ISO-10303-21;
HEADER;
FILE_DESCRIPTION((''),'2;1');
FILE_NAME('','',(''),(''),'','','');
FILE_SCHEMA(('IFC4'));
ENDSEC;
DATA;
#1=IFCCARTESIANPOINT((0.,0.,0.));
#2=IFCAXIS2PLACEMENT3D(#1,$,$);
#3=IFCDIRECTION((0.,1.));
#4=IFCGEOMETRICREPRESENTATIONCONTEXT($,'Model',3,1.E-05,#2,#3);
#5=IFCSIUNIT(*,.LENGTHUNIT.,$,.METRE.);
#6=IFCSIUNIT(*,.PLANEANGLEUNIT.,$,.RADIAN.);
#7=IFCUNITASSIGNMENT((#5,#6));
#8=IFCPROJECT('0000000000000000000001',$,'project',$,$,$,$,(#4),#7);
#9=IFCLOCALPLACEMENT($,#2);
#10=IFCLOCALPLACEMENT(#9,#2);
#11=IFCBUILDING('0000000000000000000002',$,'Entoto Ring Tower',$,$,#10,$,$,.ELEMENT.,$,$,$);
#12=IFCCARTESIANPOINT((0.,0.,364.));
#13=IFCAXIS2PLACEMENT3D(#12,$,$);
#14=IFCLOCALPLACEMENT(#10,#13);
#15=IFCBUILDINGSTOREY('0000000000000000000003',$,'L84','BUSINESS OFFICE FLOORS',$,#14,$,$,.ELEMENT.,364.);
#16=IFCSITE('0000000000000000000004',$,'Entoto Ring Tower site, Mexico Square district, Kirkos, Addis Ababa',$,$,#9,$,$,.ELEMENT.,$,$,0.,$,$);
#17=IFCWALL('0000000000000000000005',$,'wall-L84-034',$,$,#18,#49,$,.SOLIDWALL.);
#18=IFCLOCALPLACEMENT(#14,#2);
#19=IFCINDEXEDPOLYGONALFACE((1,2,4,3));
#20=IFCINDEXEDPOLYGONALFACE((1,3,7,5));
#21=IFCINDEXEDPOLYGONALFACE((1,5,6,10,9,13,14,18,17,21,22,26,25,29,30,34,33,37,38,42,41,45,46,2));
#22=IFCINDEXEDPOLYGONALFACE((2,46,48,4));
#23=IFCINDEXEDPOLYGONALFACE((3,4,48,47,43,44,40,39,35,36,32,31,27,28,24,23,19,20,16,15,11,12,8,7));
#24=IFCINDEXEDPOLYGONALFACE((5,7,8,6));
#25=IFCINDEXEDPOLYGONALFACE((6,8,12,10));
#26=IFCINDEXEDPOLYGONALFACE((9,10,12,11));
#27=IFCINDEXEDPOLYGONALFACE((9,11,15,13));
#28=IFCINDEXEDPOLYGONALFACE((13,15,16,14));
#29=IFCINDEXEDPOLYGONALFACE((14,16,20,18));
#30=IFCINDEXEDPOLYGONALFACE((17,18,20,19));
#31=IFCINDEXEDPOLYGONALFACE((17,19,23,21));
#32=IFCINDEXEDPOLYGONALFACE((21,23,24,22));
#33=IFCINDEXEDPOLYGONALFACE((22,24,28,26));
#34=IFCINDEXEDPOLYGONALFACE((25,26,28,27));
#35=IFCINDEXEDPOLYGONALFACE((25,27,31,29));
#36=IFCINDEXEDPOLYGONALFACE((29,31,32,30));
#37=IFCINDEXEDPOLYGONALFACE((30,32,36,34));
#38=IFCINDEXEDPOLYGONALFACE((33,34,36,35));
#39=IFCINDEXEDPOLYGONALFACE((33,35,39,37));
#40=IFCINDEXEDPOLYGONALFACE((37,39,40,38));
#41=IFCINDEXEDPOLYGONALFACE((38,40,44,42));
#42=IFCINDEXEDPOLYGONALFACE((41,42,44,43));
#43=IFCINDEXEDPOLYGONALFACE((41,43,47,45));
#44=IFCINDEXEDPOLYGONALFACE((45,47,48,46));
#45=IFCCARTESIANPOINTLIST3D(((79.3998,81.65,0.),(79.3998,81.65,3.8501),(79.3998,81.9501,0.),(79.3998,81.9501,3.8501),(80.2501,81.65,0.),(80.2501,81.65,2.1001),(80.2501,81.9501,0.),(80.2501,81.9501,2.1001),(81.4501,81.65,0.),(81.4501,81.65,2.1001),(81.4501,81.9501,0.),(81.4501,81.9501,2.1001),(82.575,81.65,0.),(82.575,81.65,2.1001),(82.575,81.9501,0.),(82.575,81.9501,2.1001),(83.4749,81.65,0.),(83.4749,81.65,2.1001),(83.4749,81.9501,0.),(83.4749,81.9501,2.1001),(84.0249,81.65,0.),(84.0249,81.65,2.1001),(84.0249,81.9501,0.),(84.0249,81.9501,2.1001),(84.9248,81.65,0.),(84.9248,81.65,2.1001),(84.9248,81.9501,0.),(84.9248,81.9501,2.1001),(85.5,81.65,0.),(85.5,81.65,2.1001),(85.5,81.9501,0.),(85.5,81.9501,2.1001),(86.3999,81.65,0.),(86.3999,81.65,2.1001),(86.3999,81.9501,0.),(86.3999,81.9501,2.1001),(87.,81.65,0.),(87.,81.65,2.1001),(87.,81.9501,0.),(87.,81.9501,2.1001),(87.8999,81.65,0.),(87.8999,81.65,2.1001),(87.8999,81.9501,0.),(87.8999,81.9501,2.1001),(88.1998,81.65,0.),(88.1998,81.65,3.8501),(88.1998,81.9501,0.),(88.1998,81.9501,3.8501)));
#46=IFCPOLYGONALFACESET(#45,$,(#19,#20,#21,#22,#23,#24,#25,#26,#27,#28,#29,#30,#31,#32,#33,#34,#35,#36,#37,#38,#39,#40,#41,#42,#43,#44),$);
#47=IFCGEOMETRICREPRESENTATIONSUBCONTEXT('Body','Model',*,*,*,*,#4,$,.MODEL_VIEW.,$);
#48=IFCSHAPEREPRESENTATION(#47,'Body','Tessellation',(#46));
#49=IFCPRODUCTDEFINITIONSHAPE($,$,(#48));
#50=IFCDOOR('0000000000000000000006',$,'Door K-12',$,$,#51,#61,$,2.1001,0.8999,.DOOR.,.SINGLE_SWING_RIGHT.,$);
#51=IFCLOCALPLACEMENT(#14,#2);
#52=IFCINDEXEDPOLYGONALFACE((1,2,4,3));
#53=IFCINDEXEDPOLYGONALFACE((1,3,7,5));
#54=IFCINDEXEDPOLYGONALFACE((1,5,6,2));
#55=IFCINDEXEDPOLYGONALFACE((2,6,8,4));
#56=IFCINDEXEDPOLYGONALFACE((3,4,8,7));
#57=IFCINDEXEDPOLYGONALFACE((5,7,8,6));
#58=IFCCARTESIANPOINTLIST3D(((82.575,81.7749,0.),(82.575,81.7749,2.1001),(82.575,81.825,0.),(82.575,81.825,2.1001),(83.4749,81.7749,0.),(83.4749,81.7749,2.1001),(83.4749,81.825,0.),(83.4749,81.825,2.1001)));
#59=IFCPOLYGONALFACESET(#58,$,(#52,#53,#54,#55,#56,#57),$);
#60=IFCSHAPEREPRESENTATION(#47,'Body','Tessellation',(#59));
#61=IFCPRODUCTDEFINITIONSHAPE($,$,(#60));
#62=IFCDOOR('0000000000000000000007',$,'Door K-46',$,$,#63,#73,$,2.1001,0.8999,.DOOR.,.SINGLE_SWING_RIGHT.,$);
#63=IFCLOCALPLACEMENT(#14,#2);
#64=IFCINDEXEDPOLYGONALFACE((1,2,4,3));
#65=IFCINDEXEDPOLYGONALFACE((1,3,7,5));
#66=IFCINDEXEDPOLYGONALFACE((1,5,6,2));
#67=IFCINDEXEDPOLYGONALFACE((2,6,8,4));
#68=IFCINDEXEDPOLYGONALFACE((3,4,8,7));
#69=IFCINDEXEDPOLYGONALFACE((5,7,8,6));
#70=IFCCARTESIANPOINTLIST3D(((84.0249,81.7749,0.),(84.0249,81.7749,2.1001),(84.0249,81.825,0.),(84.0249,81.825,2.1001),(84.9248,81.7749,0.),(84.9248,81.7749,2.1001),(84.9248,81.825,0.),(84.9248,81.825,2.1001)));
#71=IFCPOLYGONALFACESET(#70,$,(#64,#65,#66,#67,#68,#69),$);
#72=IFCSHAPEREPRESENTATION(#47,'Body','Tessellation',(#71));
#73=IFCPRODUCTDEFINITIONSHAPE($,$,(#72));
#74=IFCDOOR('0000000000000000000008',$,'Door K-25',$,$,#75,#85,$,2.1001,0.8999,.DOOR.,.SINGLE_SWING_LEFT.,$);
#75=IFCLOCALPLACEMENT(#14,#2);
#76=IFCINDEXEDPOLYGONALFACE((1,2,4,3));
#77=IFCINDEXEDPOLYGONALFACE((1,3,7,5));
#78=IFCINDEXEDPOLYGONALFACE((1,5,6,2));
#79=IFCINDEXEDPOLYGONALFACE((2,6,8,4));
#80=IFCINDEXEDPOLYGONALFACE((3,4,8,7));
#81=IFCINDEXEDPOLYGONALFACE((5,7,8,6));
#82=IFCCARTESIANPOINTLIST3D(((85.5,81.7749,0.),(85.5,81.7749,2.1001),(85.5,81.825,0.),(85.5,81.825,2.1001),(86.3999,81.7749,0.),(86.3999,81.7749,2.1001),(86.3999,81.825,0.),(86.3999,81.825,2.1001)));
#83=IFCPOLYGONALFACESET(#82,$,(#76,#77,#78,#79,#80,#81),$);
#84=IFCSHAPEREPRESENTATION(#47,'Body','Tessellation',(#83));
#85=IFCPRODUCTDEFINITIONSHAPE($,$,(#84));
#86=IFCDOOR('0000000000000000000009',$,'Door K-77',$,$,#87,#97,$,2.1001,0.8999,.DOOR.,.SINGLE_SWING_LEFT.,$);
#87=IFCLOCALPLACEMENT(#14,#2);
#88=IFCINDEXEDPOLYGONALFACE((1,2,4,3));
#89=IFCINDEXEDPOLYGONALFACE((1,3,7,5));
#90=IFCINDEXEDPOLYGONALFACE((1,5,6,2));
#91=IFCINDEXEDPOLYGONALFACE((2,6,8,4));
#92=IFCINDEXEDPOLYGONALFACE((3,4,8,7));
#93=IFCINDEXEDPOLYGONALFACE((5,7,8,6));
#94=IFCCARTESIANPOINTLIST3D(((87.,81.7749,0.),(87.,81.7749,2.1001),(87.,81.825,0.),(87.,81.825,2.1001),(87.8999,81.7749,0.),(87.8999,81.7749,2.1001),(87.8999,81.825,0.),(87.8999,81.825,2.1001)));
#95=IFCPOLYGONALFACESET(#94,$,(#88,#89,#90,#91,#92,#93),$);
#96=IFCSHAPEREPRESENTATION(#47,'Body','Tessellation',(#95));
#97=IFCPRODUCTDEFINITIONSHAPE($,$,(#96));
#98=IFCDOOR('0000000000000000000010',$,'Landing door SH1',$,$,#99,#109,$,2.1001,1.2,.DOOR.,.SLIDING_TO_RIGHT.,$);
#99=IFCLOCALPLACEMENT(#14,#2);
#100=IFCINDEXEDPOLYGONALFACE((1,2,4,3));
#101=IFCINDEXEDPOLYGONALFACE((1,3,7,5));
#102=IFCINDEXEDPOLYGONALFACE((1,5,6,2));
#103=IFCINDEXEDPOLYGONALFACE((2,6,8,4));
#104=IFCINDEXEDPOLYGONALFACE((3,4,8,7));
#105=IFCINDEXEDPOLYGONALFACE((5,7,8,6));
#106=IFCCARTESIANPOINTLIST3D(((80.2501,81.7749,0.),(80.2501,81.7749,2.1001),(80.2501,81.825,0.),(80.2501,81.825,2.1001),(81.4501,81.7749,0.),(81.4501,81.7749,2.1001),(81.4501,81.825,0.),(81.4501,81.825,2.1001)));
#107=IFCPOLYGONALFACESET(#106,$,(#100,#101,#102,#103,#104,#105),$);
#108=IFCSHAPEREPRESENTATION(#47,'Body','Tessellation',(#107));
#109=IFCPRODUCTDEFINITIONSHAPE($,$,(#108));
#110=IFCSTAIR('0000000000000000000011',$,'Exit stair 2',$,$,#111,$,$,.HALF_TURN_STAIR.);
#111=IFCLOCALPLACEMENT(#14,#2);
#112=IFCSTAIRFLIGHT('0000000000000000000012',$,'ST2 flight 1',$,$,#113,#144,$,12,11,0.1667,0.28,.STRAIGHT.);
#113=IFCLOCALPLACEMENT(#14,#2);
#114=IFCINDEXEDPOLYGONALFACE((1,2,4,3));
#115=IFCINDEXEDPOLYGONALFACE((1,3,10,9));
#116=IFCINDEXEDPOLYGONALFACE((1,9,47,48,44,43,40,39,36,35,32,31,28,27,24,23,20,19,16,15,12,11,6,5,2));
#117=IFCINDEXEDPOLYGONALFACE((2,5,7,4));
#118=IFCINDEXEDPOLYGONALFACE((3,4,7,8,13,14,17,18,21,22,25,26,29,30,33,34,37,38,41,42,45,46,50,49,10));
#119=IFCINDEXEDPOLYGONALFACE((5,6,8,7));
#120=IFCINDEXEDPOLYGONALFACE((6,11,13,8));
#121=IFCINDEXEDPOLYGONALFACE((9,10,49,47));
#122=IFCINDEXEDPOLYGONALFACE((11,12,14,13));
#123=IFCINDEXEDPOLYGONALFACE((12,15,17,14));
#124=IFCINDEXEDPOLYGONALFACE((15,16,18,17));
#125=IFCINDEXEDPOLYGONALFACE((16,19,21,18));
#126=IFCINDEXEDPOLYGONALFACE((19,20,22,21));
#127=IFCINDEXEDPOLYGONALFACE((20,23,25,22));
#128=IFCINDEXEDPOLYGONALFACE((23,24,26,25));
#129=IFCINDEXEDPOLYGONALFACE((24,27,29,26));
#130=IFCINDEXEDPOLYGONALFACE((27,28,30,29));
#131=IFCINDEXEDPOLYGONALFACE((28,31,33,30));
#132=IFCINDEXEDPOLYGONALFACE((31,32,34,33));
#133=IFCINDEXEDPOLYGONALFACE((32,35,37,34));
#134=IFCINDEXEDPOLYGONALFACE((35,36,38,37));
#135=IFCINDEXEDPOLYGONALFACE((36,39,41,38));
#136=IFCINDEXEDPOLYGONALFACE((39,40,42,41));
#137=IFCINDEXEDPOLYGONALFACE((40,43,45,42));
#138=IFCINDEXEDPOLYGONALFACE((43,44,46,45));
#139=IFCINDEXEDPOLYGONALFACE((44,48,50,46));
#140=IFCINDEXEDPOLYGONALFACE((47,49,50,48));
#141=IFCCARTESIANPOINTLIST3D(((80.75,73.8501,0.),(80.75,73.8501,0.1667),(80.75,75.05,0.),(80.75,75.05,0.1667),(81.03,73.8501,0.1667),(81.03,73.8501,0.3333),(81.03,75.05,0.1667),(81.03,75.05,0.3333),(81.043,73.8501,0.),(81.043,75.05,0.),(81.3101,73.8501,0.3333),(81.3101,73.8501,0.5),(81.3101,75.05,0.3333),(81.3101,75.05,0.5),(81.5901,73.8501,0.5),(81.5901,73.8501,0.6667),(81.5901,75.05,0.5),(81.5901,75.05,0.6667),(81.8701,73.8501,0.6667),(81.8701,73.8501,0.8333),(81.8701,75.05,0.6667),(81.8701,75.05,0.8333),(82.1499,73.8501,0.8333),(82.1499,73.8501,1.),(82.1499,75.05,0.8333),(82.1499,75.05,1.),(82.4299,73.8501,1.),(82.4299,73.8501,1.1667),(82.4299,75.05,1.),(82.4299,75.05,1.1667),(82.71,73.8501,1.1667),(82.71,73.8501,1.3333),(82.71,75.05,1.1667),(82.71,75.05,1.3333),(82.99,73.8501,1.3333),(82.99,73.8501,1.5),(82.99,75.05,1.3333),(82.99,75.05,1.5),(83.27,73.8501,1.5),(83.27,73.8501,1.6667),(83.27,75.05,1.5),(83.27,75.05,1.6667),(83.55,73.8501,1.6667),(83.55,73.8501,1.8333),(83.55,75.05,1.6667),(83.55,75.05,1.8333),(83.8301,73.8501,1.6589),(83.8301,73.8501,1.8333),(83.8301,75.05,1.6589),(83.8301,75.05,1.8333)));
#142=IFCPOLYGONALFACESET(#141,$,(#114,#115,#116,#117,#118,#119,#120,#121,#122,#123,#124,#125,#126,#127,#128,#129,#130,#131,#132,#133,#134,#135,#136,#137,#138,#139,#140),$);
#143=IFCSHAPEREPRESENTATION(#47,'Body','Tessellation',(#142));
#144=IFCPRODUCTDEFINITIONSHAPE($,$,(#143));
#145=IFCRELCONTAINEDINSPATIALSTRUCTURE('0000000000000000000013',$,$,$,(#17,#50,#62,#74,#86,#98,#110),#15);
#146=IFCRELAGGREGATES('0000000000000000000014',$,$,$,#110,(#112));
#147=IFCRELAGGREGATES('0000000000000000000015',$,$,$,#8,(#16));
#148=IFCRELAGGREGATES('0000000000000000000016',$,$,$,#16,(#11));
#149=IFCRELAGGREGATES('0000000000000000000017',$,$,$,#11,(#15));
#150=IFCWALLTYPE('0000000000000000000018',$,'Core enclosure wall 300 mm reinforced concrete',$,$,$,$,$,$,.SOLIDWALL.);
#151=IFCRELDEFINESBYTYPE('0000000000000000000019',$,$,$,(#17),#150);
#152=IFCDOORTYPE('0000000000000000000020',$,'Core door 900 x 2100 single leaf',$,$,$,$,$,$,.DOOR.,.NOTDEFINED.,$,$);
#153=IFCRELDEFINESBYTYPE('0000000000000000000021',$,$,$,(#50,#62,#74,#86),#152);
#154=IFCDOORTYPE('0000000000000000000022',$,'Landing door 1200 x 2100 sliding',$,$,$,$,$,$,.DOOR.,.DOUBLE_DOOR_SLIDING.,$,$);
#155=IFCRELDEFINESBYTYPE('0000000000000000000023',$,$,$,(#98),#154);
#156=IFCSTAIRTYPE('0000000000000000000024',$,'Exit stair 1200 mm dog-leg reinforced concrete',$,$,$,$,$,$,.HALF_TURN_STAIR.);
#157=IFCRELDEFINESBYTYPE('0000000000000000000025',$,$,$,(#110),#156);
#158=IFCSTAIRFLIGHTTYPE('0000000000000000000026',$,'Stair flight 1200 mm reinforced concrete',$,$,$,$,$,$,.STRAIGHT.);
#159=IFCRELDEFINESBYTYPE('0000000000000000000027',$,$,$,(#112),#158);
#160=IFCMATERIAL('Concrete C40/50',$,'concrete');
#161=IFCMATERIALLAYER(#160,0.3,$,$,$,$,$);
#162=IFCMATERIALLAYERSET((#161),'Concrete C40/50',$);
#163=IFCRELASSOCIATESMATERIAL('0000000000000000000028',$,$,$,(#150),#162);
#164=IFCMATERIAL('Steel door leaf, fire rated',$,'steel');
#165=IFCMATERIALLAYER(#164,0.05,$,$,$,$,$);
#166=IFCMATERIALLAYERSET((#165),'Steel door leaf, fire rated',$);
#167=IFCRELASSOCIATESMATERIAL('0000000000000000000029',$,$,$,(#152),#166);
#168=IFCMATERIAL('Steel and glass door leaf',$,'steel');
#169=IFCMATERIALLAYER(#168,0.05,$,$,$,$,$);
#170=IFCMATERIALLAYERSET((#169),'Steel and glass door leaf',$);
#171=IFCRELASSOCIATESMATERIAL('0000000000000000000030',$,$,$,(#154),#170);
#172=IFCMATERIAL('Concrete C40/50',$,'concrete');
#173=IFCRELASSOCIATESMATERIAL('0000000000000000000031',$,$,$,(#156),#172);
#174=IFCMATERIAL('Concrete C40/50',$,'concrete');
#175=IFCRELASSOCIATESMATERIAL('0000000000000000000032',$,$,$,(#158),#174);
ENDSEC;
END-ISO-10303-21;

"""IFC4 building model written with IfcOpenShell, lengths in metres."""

from ifc_helpers import new_model, si_unit, direction, frame, frame_2d, origin, place, context, subcontext, project, spatial, polyline, rectangle, outline, extrude, material, layer, layer_set, type_object, element, fill, aggregate, save


model = new_model("IFC4")

# Units and contexts
model_context = context("Model", 3, precision=1e-05, world=origin(), true_north=direction((0.0, 1.0)))
body_context = subcontext(model_context, "Body", "Model", "MODEL_VIEW")
ifc_project = project(units=[si_unit("LENGTHUNIT", "METRE"), si_unit("PLANEANGLEUNIT", "RADIAN")], contexts=[model_context])

# Site, building, storey
site_placement = place(None, origin())
site = spatial("IfcSite", under=ifc_project, at=site_placement, Name="Entoto Ring Tower site, Mexico Square district, Kirkos, Addis Ababa", CompositionType="ELEMENT", RefElevation=0.0)
building_placement = place(site_placement, origin())
building = spatial("IfcBuilding", under=site, at=building_placement, Name="Entoto Ring Tower", CompositionType="ELEMENT")
storey_placement = place(building_placement, frame((0.0, 0.0, 364.0)))
storey = spatial("IfcBuildingStorey", under=building, at=storey_placement, Name="L84", Description="BUSINESS OFFICE FLOORS", CompositionType="ELEMENT", Elevation=364.0)

# Shared definitions
ifc_material_1 = material(Name="Concrete C40/50", Category="concrete")
ifc_layer_1 = layer(ifc_material_1, 0.3)
ifc_layer_set_1 = layer_set([ifc_layer_1], Name="Concrete C40/50")
wall_type = type_object("IfcWallType", Name="Core enclosure wall 300 mm reinforced concrete", PredefinedType="SOLIDWALL", material=ifc_layer_set_1)

# Wall, openings, doors
ifc_material_2 = material(Name="Steel door leaf, fire rated", Category="steel")
ifc_layer_2 = layer(ifc_material_2, 0.05)
ifc_layer_set_2 = layer_set([ifc_layer_2], Name="Steel door leaf, fire rated")
door_type_1 = type_object("IfcDoorType", Name="Core door 900 x 2100 single leaf", OperationType="NOTDEFINED", PredefinedType="DOOR", material=ifc_layer_set_2)
ifc_material_3 = material(Name="Steel and glass door leaf", Category="steel")
ifc_layer_3 = layer(ifc_material_3, 0.05)
ifc_layer_set_3 = layer_set([ifc_layer_3], Name="Steel and glass door leaf")
door_type_2 = type_object("IfcDoorType", Name="Landing door 1200 x 2100 sliding", OperationType="DOUBLE_DOOR_SLIDING", PredefinedType="DOOR", material=ifc_layer_set_3)
wall_1_placement = place(storey_placement, frame((79.3999, 81.8, 0.0), z_axis=(0.0, 0.0, 1.0), x_axis=(1.0, 0.0, 0.0)))
wall_1 = element("IfcWall", 1, at=wall_1_placement, inside=storey, type_object=wall_type, Name="wall-L84-034", PredefinedType="SOLIDWALL", context=body_context, shape_type="SweptSolid", body=[
    extrude(rectangle(XDim=8.8, YDim=0.3, at=frame_2d((4.3999, 0.0))), origin(), (0.0, 0.0, 1.0), 3.8501),
])
opening_1_placement = place(wall_1_placement, frame((0.8501, 0.0, 0.0)))
opening_1 = element("IfcOpeningElement", 2, at=opening_1_placement, cuts=wall_1, PredefinedType="OPENING", context=body_context, shape_type="SweptSolid", body=[
    extrude(rectangle(XDim=1.2, YDim=2.1001, at=frame_2d((0.6001, 1.05))), frame((0.0, 0.1602, 0.0), z_axis=(0.0, -1.0, 0.0), x_axis=(1.0, 0.0, 0.0)), (0.0, 0.0, 1.0), 0.3201),
])
opening_2_placement = place(wall_1_placement, frame((3.175, 0.0, 0.0)))
opening_2 = element("IfcOpeningElement", 3, at=opening_2_placement, cuts=wall_1, PredefinedType="OPENING", context=body_context, shape_type="SweptSolid", body=[
    extrude(rectangle(XDim=0.8999, YDim=2.1001, at=frame_2d((0.45, 1.05))), frame((0.0, 0.1602, 0.0), z_axis=(0.0, -1.0, 0.0), x_axis=(1.0, 0.0, 0.0)), (0.0, 0.0, 1.0), 0.3201),
])
opening_3_placement = place(wall_1_placement, frame((4.625, 0.0, 0.0)))
opening_3 = element("IfcOpeningElement", 4, at=opening_3_placement, cuts=wall_1, PredefinedType="OPENING", context=body_context, shape_type="SweptSolid", body=[
    extrude(rectangle(XDim=0.8999, YDim=2.1001, at=frame_2d((0.45, 1.05))), frame((0.0, 0.1602, 0.0), z_axis=(0.0, -1.0, 0.0), x_axis=(1.0, 0.0, 0.0)), (0.0, 0.0, 1.0), 0.3201),
])
opening_4_placement = place(wall_1_placement, frame((6.1001, 0.0, 0.0)))
opening_4 = element("IfcOpeningElement", 5, at=opening_4_placement, cuts=wall_1, PredefinedType="OPENING", context=body_context, shape_type="SweptSolid", body=[
    extrude(rectangle(XDim=0.8999, YDim=2.1001, at=frame_2d((0.45, 1.05))), frame((0.0, 0.1602, 0.0), z_axis=(0.0, -1.0, 0.0), x_axis=(1.0, 0.0, 0.0)), (0.0, 0.0, 1.0), 0.3201),
])
opening_5_placement = place(wall_1_placement, frame((7.6001, 0.0, 0.0)))
opening_5 = element("IfcOpeningElement", 6, at=opening_5_placement, cuts=wall_1, PredefinedType="OPENING", context=body_context, shape_type="SweptSolid", body=[
    extrude(rectangle(XDim=0.8999, YDim=2.1001, at=frame_2d((0.45, 1.05))), frame((0.0, 0.1602, 0.0), z_axis=(0.0, -1.0, 0.0), x_axis=(1.0, 0.0, 0.0)), (0.0, 0.0, 1.0), 0.3201),
])
door_1_placement = place(opening_2_placement, origin())
door_1 = element("IfcDoor", 7, at=door_1_placement, inside=storey, type_object=door_type_1, Name="Door K-12", OperationType="SINGLE_SWING_RIGHT", OverallHeight=2.1001, OverallWidth=0.8999, PredefinedType="DOOR", context=body_context, shape_type="SweptSolid", body=[
    extrude(rectangle(XDim=0.8999, YDim=2.1001, at=frame_2d((0.45, 1.05))), frame((0.0, 0.0249, 0.0), z_axis=(0.0, -1.0, 0.0), x_axis=(1.0, 0.0, 0.0)), (0.0, 0.0, 1.0), 0.05),
])
fill(opening_2, door_1)
door_2_placement = place(opening_3_placement, origin())
door_2 = element("IfcDoor", 8, at=door_2_placement, inside=storey, type_object=door_type_1, Name="Door K-46", OperationType="SINGLE_SWING_RIGHT", OverallHeight=2.1001, OverallWidth=0.8999, PredefinedType="DOOR", context=body_context, shape_type="SweptSolid", body=[
    extrude(rectangle(XDim=0.8999, YDim=2.1001, at=frame_2d((0.45, 1.05))), frame((0.0, 0.0249, 0.0), z_axis=(0.0, -1.0, 0.0), x_axis=(1.0, 0.0, 0.0)), (0.0, 0.0, 1.0), 0.05),
])
fill(opening_3, door_2)
door_3_placement = place(opening_4_placement, origin())
door_3 = element("IfcDoor", 9, at=door_3_placement, inside=storey, type_object=door_type_1, Name="Door K-25", OperationType="SINGLE_SWING_LEFT", OverallHeight=2.1001, OverallWidth=0.8999, PredefinedType="DOOR", context=body_context, shape_type="SweptSolid", body=[
    extrude(rectangle(XDim=0.8999, YDim=2.1001, at=frame_2d((0.45, 1.05))), frame((0.0, 0.0249, 0.0), z_axis=(0.0, -1.0, 0.0), x_axis=(1.0, 0.0, 0.0)), (0.0, 0.0, 1.0), 0.05),
])
fill(opening_4, door_3)
door_4_placement = place(opening_5_placement, origin())
door_4 = element("IfcDoor", 10, at=door_4_placement, inside=storey, type_object=door_type_1, Name="Door K-77", OperationType="SINGLE_SWING_LEFT", OverallHeight=2.1001, OverallWidth=0.8999, PredefinedType="DOOR", context=body_context, shape_type="SweptSolid", body=[
    extrude(rectangle(XDim=0.8999, YDim=2.1001, at=frame_2d((0.45, 1.05))), frame((0.0, 0.0249, 0.0), z_axis=(0.0, -1.0, 0.0), x_axis=(1.0, 0.0, 0.0)), (0.0, 0.0, 1.0), 0.05),
])
fill(opening_5, door_4)
door_5_placement = place(opening_1_placement, origin())
door_5 = element("IfcDoor", 11, at=door_5_placement, inside=storey, type_object=door_type_2, Name="Landing door SH1", OperationType="SLIDING_TO_RIGHT", OverallHeight=2.1001, OverallWidth=1.2, PredefinedType="DOOR", context=body_context, shape_type="SweptSolid", body=[
    extrude(rectangle(XDim=1.2, YDim=2.1001, at=frame_2d((0.6001, 1.05))), frame((0.0, 0.0249, 0.0), z_axis=(0.0, -1.0, 0.0), x_axis=(1.0, 0.0, 0.0)), (0.0, 0.0, 1.0), 0.05),
])
fill(opening_1, door_5)

# Stair, stair flight
ifc_material_4 = material(Name="Concrete C40/50", Category="concrete")
stair_type = type_object("IfcStairType", Name="Exit stair 1200 mm dog-leg reinforced concrete", PredefinedType="HALF_TURN_STAIR", material=ifc_material_4)
stair_placement = place(storey_placement, origin())
stair = element("IfcStair", 12, at=stair_placement, inside=storey, type_object=stair_type, Name="Exit stair 2", PredefinedType="HALF_TURN_STAIR")
ifc_material_5 = material(Name="Concrete C40/50", Category="concrete")
stair_flight_type = type_object("IfcStairFlightType", Name="Stair flight 1200 mm reinforced concrete", PredefinedType="STRAIGHT", material=ifc_material_5)
stair_flight_1_placement = place(storey_placement, frame((80.75, 74.45, 0.0), z_axis=(0.0, 0.0, 1.0), x_axis=(1.0, 0.0, 0.0)))
stair_flight_1 = element("IfcStairFlight", 13, at=stair_flight_1_placement, type_object=stair_flight_type, Name="ST2 flight 1", NumberOfRisers=12, NumberOfTreads=11, PredefinedType="STRAIGHT", RiserHeight=0.1667, TreadLength=0.28, context=body_context, shape_type="SweptSolid", body=[
    extrude(outline(polyline([(0.0, 0.0), (0.0, 0.1667), (0.28, 0.1667), (0.28, 0.3333), (0.5601, 0.3333), (0.5601, 0.5), (0.8401, 0.5), (0.8401, 0.6667), (1.1201, 0.6667), (1.1201, 0.8333), (1.3999, 0.8333), (1.3999, 1.0), (1.6799, 1.0), (1.6799, 1.1667), (1.96, 1.1667), (1.96, 1.3333), (2.24, 1.3333), (2.24, 1.5), (2.52, 1.5), (2.52, 1.6667), (2.8, 1.6667), (2.8, 1.8333), (3.0801, 1.8333), (3.0801, 2.0), (3.0801, 1.6589), (0.293, 0.0), (0.0, 0.0)])), frame((0.0, 0.6001, 0.0), z_axis=(0.0, -1.0, 0.0), x_axis=(1.0, 0.0, 0.0)), (0.0, 0.0, 1.0), 1.2),
])
aggregate(stair, [stair_flight_1])

save(model, "model.ifc")
